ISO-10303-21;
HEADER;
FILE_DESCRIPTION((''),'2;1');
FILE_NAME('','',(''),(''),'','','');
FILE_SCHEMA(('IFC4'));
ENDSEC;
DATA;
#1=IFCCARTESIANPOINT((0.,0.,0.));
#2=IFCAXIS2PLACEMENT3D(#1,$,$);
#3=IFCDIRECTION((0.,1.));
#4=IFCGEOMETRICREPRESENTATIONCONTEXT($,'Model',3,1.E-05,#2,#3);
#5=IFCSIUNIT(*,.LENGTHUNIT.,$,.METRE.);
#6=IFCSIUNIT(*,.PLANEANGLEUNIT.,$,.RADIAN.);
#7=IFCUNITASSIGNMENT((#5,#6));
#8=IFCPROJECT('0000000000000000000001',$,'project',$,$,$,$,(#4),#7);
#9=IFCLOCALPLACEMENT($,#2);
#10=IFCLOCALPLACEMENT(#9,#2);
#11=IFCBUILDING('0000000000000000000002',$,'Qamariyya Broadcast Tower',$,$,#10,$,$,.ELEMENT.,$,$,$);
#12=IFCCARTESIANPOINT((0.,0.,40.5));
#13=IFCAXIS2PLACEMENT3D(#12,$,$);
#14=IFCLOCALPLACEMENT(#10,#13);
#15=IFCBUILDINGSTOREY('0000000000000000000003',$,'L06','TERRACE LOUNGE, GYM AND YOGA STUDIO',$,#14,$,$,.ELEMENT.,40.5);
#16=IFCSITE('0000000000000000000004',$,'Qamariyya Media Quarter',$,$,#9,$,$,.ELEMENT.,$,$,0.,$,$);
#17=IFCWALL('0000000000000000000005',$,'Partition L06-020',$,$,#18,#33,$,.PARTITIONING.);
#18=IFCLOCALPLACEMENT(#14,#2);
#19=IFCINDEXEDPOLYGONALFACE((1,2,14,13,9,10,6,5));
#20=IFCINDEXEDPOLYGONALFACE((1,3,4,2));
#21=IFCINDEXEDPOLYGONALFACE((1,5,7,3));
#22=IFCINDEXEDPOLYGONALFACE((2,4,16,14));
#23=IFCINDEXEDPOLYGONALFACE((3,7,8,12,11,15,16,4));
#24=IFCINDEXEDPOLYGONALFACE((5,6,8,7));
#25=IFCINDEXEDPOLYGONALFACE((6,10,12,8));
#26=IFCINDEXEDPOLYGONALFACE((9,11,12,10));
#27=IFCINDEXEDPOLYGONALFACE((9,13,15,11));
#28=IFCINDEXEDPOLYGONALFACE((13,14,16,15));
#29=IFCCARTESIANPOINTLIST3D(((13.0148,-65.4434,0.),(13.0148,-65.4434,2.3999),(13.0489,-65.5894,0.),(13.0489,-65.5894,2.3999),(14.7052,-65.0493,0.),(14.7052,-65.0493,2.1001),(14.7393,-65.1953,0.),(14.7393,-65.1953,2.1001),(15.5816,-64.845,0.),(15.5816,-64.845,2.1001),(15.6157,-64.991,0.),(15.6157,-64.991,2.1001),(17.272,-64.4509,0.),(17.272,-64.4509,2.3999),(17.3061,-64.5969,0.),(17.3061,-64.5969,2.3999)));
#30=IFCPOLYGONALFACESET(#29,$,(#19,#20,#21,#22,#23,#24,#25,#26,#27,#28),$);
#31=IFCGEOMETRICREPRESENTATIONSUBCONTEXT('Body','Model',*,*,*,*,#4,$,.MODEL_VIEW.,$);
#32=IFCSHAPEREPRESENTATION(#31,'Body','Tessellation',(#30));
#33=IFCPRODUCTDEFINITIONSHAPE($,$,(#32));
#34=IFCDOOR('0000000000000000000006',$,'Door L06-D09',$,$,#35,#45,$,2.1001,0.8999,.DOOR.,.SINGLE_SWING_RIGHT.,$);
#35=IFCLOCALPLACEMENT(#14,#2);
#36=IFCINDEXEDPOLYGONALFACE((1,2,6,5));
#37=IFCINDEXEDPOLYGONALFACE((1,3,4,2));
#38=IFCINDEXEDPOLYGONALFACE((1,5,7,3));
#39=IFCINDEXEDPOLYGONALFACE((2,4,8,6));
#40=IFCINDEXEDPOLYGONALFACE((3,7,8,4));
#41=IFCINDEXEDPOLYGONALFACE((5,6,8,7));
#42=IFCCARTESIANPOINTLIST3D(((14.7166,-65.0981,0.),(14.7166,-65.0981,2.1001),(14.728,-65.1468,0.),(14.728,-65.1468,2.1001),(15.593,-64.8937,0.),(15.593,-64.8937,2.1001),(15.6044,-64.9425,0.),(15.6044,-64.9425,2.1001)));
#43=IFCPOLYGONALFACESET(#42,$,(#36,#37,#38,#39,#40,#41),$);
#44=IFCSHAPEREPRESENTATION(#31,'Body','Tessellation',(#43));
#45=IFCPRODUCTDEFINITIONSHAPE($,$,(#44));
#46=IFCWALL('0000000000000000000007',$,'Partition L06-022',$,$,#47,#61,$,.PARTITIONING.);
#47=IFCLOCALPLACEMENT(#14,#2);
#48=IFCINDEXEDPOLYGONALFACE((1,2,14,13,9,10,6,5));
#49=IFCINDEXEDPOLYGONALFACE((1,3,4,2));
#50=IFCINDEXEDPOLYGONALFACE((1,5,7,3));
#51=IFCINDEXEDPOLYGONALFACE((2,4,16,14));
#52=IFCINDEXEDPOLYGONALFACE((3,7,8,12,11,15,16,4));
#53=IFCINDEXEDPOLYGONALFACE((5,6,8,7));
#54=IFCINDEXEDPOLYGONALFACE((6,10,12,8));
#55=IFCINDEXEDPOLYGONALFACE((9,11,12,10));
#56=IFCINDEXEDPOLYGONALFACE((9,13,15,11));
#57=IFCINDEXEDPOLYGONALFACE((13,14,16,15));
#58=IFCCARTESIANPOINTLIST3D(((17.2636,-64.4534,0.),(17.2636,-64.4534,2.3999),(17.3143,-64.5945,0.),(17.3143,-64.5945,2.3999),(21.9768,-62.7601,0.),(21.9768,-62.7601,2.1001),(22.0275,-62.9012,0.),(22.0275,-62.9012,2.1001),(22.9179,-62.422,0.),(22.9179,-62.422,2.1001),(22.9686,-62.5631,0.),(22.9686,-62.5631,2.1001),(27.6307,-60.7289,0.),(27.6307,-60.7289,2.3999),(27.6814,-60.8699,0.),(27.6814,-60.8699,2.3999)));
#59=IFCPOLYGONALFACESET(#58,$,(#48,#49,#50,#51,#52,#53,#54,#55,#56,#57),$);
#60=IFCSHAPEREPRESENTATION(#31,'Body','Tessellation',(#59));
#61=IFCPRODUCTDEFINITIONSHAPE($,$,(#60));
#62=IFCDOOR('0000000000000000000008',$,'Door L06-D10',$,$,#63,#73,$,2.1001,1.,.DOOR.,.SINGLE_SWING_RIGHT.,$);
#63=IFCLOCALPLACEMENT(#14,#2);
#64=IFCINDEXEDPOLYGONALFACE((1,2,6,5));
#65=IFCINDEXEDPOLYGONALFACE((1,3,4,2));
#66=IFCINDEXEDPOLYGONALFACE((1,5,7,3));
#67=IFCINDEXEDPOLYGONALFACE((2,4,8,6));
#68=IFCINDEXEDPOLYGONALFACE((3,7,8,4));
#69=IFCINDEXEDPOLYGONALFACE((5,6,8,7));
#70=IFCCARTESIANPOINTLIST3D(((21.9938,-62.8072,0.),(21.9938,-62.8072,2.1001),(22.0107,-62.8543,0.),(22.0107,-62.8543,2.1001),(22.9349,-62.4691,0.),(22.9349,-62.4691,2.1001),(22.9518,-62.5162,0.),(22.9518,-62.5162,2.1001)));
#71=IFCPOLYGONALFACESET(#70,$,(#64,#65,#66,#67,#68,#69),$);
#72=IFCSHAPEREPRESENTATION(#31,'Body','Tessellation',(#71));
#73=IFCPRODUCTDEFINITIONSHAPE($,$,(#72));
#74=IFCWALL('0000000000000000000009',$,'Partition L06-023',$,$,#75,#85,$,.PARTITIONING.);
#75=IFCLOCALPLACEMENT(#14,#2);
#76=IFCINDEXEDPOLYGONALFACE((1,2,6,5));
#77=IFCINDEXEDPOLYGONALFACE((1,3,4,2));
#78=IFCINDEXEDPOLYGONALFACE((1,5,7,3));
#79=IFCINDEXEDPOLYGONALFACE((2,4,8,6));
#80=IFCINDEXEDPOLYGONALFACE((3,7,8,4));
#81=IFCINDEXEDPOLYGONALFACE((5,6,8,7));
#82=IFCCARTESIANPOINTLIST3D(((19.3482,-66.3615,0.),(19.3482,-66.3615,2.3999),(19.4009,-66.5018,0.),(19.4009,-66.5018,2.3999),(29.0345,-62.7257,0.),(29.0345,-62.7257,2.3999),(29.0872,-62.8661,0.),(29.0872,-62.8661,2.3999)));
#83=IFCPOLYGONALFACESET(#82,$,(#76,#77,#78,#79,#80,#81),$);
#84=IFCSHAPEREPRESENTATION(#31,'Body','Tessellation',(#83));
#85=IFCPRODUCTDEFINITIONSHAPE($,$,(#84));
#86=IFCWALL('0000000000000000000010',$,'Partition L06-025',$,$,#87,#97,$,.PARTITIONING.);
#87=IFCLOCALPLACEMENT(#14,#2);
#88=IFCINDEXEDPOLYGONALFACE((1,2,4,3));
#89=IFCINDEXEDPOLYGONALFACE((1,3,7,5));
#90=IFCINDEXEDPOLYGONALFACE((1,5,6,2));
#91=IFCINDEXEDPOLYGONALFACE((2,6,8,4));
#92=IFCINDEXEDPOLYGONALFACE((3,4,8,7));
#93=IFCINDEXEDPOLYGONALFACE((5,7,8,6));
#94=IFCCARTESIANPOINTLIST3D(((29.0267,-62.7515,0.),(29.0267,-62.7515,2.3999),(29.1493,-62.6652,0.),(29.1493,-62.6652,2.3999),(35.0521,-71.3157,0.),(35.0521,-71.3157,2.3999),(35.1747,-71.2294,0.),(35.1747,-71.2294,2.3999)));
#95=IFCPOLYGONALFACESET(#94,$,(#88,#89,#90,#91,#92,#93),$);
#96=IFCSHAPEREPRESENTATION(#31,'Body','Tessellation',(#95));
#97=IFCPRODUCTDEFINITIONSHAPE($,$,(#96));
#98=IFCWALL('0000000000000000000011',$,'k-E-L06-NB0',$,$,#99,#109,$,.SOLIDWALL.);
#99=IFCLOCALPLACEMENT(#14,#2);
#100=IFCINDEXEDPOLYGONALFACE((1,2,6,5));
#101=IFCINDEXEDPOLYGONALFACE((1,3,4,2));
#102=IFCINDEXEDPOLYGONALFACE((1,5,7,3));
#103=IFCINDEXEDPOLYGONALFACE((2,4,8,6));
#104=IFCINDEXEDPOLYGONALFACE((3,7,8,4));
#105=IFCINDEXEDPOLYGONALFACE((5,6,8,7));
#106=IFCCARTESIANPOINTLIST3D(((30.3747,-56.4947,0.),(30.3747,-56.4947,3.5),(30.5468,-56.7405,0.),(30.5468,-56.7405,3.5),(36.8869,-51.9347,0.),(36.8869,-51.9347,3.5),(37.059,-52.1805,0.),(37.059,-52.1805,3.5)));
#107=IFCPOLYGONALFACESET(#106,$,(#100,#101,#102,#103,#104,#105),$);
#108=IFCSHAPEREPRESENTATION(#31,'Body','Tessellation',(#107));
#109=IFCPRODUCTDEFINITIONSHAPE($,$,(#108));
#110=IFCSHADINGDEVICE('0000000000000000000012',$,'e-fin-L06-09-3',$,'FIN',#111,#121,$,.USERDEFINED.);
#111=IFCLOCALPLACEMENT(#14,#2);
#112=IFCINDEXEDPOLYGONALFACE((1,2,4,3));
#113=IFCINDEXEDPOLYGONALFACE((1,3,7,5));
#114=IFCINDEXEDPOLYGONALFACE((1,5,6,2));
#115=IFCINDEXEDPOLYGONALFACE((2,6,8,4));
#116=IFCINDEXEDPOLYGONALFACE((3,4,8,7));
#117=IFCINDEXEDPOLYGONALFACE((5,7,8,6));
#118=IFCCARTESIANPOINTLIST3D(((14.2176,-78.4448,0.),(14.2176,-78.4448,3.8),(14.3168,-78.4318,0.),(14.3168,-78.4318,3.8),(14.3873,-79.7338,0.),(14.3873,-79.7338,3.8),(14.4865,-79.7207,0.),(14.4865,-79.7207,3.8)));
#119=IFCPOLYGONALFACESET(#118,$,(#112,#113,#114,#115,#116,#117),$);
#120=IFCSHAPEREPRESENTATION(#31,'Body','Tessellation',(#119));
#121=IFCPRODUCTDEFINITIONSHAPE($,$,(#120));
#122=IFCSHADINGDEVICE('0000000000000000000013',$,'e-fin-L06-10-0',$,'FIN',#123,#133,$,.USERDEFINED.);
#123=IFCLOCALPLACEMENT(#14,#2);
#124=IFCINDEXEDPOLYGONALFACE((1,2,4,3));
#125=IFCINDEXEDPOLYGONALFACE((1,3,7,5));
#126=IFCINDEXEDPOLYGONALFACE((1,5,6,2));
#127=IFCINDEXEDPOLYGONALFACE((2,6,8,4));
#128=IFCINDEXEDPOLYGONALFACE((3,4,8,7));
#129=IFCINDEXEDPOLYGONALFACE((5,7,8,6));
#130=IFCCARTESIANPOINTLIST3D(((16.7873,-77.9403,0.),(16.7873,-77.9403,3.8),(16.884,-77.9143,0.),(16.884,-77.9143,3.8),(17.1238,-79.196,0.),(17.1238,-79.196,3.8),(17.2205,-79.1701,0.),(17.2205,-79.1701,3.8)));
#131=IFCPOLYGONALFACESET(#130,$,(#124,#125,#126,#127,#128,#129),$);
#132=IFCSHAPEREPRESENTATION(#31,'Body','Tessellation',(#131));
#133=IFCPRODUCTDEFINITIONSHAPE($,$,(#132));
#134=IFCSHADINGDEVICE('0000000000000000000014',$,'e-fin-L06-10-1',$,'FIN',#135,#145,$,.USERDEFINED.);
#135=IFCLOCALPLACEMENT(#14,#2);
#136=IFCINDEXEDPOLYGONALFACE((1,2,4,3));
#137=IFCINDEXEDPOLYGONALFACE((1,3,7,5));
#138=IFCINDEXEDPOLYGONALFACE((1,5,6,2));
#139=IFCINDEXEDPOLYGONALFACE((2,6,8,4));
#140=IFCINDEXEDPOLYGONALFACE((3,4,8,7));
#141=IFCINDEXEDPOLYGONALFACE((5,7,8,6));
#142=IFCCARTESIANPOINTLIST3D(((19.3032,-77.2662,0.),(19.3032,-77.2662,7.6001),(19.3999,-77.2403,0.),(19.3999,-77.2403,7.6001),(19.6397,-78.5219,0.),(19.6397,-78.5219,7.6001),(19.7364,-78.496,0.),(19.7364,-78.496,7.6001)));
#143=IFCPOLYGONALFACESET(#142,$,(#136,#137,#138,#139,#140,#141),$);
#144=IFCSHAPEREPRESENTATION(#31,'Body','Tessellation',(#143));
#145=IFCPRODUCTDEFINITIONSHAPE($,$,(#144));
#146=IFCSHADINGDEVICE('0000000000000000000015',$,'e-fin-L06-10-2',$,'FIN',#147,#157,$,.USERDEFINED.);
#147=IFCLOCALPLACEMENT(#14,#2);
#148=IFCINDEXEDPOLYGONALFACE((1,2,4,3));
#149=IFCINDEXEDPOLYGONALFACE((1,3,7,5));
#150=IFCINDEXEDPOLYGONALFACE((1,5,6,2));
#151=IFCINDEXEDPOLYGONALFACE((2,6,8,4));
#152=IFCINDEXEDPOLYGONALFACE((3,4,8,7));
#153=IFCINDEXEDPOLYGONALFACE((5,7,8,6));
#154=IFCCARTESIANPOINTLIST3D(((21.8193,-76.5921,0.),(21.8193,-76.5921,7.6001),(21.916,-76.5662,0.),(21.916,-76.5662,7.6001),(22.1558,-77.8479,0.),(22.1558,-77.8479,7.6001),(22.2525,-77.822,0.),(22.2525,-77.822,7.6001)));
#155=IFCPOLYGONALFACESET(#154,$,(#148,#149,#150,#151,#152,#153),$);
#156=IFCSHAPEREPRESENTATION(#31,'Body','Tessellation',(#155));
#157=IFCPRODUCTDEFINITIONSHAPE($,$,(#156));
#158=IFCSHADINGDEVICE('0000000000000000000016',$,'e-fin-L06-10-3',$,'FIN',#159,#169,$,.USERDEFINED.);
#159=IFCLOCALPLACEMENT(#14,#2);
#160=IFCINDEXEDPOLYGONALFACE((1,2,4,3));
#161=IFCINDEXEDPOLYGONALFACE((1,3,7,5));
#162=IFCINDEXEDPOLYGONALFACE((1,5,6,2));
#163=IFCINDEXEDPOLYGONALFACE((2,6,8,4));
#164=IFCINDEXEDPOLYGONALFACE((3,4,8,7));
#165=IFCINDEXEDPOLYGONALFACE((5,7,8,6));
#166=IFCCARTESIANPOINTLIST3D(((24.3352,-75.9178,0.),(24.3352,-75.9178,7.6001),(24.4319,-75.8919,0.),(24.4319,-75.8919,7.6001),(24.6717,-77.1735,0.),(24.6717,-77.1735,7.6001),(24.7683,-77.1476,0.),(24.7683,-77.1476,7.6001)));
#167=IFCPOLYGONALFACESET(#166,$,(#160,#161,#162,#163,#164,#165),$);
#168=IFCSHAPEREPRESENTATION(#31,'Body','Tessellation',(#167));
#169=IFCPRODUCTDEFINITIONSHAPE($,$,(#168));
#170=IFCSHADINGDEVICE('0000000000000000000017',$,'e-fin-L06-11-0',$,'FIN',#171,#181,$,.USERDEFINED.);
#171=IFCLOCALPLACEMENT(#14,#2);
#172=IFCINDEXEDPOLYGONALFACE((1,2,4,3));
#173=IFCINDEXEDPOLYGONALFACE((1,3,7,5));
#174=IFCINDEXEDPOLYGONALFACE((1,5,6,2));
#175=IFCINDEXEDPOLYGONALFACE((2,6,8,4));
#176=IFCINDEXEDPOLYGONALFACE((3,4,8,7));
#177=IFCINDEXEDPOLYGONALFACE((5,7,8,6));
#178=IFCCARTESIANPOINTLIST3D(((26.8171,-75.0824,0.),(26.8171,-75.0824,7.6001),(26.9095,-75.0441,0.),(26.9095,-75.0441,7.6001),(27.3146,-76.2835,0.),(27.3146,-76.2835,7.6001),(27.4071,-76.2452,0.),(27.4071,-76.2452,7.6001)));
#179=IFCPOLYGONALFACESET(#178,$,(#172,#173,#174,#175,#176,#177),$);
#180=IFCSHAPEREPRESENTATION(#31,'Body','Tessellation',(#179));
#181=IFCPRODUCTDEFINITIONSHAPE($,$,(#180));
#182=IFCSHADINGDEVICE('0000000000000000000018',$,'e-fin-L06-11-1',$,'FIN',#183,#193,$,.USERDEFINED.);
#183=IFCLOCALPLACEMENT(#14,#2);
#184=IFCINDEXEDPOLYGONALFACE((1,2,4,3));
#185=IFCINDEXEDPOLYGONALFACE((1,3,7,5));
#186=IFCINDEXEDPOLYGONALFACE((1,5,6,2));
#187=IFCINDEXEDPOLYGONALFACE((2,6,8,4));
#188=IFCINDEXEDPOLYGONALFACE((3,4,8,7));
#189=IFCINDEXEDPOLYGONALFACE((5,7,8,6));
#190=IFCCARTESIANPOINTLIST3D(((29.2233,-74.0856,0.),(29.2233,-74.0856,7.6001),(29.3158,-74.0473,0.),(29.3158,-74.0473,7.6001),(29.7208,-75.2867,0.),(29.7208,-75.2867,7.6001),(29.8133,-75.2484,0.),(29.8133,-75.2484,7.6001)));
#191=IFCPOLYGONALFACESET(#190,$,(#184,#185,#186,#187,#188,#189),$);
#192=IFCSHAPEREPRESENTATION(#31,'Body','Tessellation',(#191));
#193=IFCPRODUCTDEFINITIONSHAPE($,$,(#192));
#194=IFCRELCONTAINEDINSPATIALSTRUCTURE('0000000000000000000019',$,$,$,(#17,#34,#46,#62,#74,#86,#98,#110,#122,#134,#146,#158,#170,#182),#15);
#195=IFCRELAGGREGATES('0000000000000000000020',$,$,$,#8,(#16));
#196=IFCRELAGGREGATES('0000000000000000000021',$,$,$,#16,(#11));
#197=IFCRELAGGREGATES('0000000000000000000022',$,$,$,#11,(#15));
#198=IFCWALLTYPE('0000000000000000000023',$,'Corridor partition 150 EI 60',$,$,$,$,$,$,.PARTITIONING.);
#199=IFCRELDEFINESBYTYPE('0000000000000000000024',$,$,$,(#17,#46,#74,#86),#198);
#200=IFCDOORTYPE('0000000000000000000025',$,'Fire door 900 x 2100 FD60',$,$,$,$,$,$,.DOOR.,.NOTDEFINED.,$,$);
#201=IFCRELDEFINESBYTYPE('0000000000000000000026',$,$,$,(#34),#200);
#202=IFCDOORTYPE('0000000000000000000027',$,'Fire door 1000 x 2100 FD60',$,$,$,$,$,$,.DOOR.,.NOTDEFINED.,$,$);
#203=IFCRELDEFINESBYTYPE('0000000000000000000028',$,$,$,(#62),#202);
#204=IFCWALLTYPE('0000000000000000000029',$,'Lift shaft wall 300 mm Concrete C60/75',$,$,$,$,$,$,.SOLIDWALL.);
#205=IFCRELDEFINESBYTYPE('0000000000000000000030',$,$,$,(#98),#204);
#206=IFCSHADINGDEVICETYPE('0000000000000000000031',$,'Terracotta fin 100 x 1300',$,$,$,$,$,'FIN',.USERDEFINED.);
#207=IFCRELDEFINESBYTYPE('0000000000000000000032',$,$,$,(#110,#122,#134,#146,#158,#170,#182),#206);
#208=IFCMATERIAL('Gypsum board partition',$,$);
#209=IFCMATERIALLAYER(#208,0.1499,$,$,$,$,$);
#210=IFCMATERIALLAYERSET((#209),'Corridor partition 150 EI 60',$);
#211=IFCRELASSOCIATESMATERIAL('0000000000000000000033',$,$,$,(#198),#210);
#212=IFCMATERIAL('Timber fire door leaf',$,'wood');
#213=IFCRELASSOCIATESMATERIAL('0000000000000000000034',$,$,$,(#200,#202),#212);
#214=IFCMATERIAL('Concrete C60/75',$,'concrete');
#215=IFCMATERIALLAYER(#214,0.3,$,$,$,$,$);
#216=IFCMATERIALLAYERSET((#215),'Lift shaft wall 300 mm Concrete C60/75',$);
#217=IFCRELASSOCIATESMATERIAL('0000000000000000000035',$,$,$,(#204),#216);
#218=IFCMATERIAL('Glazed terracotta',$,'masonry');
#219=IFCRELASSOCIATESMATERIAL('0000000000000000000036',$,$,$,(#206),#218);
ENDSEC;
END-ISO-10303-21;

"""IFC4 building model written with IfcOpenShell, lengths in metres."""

from ifc_helpers import new_model, si_unit, direction, frame, frame_2d, origin, origin_2d, place, context, subcontext, project, spatial, rectangle, extrude, material, layer, layer_set, material_profile, profile_set, type_object, element, fill, save


model = new_model("IFC4")

# Units and contexts
model_context = context("Model", 3, precision=1e-05, world=origin(), true_north=direction((0.0, 1.0)))
body_context = subcontext(model_context, "Body", "Model", "MODEL_VIEW")
ifc_project = project(units=[si_unit("LENGTHUNIT", "METRE"), si_unit("PLANEANGLEUNIT", "RADIAN")], contexts=[model_context])

# Site, building, storey
site_placement = place(None, origin())
site = spatial("IfcSite", under=ifc_project, at=site_placement, Name="Qamariyya Media Quarter", CompositionType="ELEMENT", RefElevation=0.0)
building_placement = place(site_placement, origin())
building = spatial("IfcBuilding", under=site, at=building_placement, Name="Qamariyya Broadcast Tower", CompositionType="ELEMENT")
storey_placement = place(building_placement, frame((0.0, 0.0, 40.5)))
storey = spatial("IfcBuildingStorey", under=building, at=storey_placement, Name="L06", Description="TERRACE LOUNGE, GYM AND YOGA STUDIO", CompositionType="ELEMENT", Elevation=40.5)

# Walls, openings, doors
ifc_material_1 = material(Name="Gypsum board partition")
ifc_layer_1 = layer(ifc_material_1, 0.1499)
ifc_layer_set_1 = layer_set([ifc_layer_1], Name="Corridor partition 150 EI 60")
wall_type_1 = type_object("IfcWallType", Name="Corridor partition 150 EI 60", PredefinedType="PARTITIONING", material=ifc_layer_set_1)
ifc_material_2 = material(Name="Timber fire door leaf", Category="wood")
wall_1_placement = place(storey_placement, frame((13.032, -65.5164, 0.0), z_axis=(0.0, 0.0, 1.0), x_axis=(0.973886, 0.227037, 0.0)))
wall_1 = element("IfcWall", 1, at=wall_1_placement, inside=storey, type_object=wall_type_1, Name="Partition L06-020", PredefinedType="PARTITIONING", context=body_context, shape_type="SweptSolid", body=[
    extrude(rectangle(XDim=4.3713, YDim=0.1499, at=frame_2d((2.1855, 0.0))), origin(), (0.0, 0.0, 1.0), 2.3999),
])
opening_1_placement = place(wall_1_placement, frame((1.7356, 0.0, 0.0)))
opening_1 = element("IfcOpeningElement", 2, at=opening_1_placement, cuts=wall_1, PredefinedType="OPENING", context=body_context, shape_type="SweptSolid", body=[
    extrude(rectangle(XDim=0.8999, YDim=2.1001, at=frame_2d((0.45, 1.05))), frame((0.0, 0.085, 0.0), z_axis=(0.0, -1.0, 0.0), x_axis=(1.0, 0.0, 0.0)), (0.0, 0.0, 1.0), 0.1699),
])
door_type_1 = type_object("IfcDoorType", Name="Fire door 900 x 2100 FD60", OperationType="NOTDEFINED", PredefinedType="DOOR", material=ifc_material_2)
door_1_placement = place(opening_1_placement, origin())
door_1 = element("IfcDoor", 3, at=door_1_placement, inside=storey, type_object=door_type_1, Name="Door L06-D09", OperationType="SINGLE_SWING_RIGHT", OverallHeight=2.1001, OverallWidth=0.8999, PredefinedType="DOOR", context=body_context, shape_type="SweptSolid", body=[
    extrude(rectangle(XDim=0.8999, YDim=2.1001, at=frame_2d((0.45, 1.05))), frame((0.0, 0.0249, 0.0), z_axis=(0.0, -1.0, 0.0), x_axis=(1.0, 0.0, 0.0)), (0.0, 0.0, 1.0), 0.05),
])
fill(opening_1, door_1)
wall_2_placement = place(storey_placement, frame((17.2891, -64.5239, 0.0), z_axis=(0.0, 0.0, 1.0), x_axis=(0.941106, 0.33811, 0.0)))
wall_2 = element("IfcWall", 4, at=wall_2_placement, inside=storey, type_object=wall_type_1, Name="Partition L06-022", PredefinedType="PARTITIONING", context=body_context, shape_type="SweptSolid", body=[
    extrude(rectangle(XDim=11.0159, YDim=0.1499, at=frame_2d((5.5078, 0.0))), origin(), (0.0, 0.0, 1.0), 2.3999),
])
opening_2_placement = place(wall_2_placement, frame((5.0081, 0.0, 0.0)))
opening_2 = element("IfcOpeningElement", 5, at=opening_2_placement, cuts=wall_2, PredefinedType="OPENING", context=body_context, shape_type="SweptSolid", body=[
    extrude(rectangle(XDim=1.0, YDim=2.1001, at=frame_2d((0.5, 1.05))), frame((0.0, 0.085, 0.0), z_axis=(0.0, -1.0, 0.0), x_axis=(1.0, 0.0, 0.0)), (0.0, 0.0, 1.0), 0.1699),
])
door_type_2 = type_object("IfcDoorType", Name="Fire door 1000 x 2100 FD60", OperationType="NOTDEFINED", PredefinedType="DOOR", material=ifc_material_2)
door_2_placement = place(opening_2_placement, origin())
door_2 = element("IfcDoor", 6, at=door_2_placement, inside=storey, type_object=door_type_2, Name="Door L06-D10", OperationType="SINGLE_SWING_RIGHT", OverallHeight=2.1001, OverallWidth=1.0, PredefinedType="DOOR", context=body_context, shape_type="SweptSolid", body=[
    extrude(rectangle(XDim=1.0, YDim=2.1001, at=frame_2d((0.5, 1.05))), frame((0.0, 0.0249, 0.0), z_axis=(0.0, -1.0, 0.0), x_axis=(1.0, 0.0, 0.0)), (0.0, 0.0, 1.0), 0.05),
])
fill(opening_2, door_2)

# Walls
wall_3_placement = place(storey_placement, frame((19.3745, -66.4316, 0.0), z_axis=(0.0, 0.0, 1.0), x_axis=(0.936221, 0.35141, 0.0)))
element("IfcWall", 7, at=wall_3_placement, inside=storey, type_object=wall_type_1, Name="Partition L06-023", PredefinedType="PARTITIONING", context=body_context, shape_type="SweptSolid", body=[
    extrude(rectangle(XDim=10.3462, YDim=0.1499, at=frame_2d((5.1731, 0.0))), origin(), (0.0, 0.0, 1.0), 2.3999),
])
wall_4_placement = place(storey_placement, frame((29.0879, -62.7083, 0.0), z_axis=(0.0, 0.0, 1.0), x_axis=(0.575412, -0.817864, 0.0)))
element("IfcWall", 8, at=wall_4_placement, inside=storey, type_object=wall_type_1, Name="Partition L06-025", PredefinedType="PARTITIONING", context=body_context, shape_type="SweptSolid", body=[
    extrude(rectangle(XDim=10.4714, YDim=0.1499, at=frame_2d((5.2358, 0.0))), origin(), (0.0, 0.0, 1.0), 2.3999),
])
ifc_material_3 = material(Name="Concrete C60/75", Category="concrete")
ifc_layer_2 = layer(ifc_material_3, 0.3)
ifc_layer_set_2 = layer_set([ifc_layer_2], Name="Lift shaft wall 300 mm Concrete C60/75")
wall_type_2 = type_object("IfcWallType", Name="Lift shaft wall 300 mm Concrete C60/75", PredefinedType="SOLIDWALL", material=ifc_layer_set_2)
wall_5_placement = place(storey_placement, frame((30.4607, -56.6177, 0.0), z_axis=(0.0, 0.0, 1.0), x_axis=(0.819142, 0.57359, 0.0)))
element("IfcWall", 9, at=wall_5_placement, inside=storey, type_object=wall_type_2, Name="k-E-L06-NB0", PredefinedType="SOLIDWALL", context=body_context, shape_type="SweptSolid", body=[
    extrude(rectangle(XDim=7.95, YDim=0.3, at=frame_2d((3.9751, 0.0))), origin(), (0.0, 0.0, 1.0), 3.5),
])

# Shading devices
ifc_material_4 = material(Name="Glazed terracotta", Category="masonry")
ifc_material_profile_1 = material_profile(ifc_material_4, rectangle(XDim=1.3, YDim=0.1001, at=origin_2d()))
ifc_profile_set_1 = profile_set([ifc_material_profile_1], Name="Glazed terracotta")
shading_device_type_1 = type_object("IfcShadingDeviceType", Name="Terracotta fin 100 x 1300", ElementType="FIN", PredefinedType="USERDEFINED", material=ifc_profile_set_1)
for number, where, z_axis, x_axis, name in (
    (10, (14.3521, -79.0828, 0.0), (0.0, 0.0, 1.0), (0.130526, -0.991445, 0.0), "e-fin-L06-09-3"),
    (11, (17.0039, -78.5552, 0.0), (0.0, 0.0, 1.0), (0.258819, -0.965926, 0.0), "e-fin-L06-10-0"),
):
    element("IfcShadingDevice", number, at=place(storey_placement, frame(where, z_axis=z_axis, x_axis=x_axis)), inside=storey, type_object=shading_device_type_1, Name=name, ObjectType="FIN", PredefinedType="USERDEFINED", context=body_context, shape_type="SweptSolid", body=[
        extrude(rectangle(XDim=1.3, YDim=0.1001, at=origin_2d()), origin(), (0.0, 0.0, 1.0), 3.8),
    ])
for number, where, z_axis, x_axis, name in (
    (12, (19.5198, -77.8811, 0.0), (0.0, 0.0, 1.0), (0.258819, -0.965926, 0.0), "e-fin-L06-10-1"),
    (13, (22.0359, -77.207, 0.0), (0.0, 0.0, 1.0), (0.258819, -0.965926, 0.0), "e-fin-L06-10-2"),
    (14, (24.5518, -76.5327, 0.0), (0.0, 0.0, 1.0), (0.258819, -0.965926, 0.0), "e-fin-L06-10-3"),
    (15, (27.1121, -75.6638, 0.0), (0.0, 0.0, 1.0), (0.382683, -0.92388, 0.0), "e-fin-L06-11-0"),
    (16, (29.5183, -74.667, 0.0), (0.0, 0.0, 1.0), (0.382683, -0.92388, 0.0), "e-fin-L06-11-1"),
):
    element("IfcShadingDevice", number, at=place(storey_placement, frame(where, z_axis=z_axis, x_axis=x_axis)), inside=storey, type_object=shading_device_type_1, Name=name, ObjectType="FIN", PredefinedType="USERDEFINED", context=body_context, shape_type="SweptSolid", body=[
        extrude(rectangle(XDim=1.3, YDim=0.1001, at=origin_2d()), origin(), (0.0, 0.0, 1.0), 7.6001),
    ])

save(model, "model.ifc")
